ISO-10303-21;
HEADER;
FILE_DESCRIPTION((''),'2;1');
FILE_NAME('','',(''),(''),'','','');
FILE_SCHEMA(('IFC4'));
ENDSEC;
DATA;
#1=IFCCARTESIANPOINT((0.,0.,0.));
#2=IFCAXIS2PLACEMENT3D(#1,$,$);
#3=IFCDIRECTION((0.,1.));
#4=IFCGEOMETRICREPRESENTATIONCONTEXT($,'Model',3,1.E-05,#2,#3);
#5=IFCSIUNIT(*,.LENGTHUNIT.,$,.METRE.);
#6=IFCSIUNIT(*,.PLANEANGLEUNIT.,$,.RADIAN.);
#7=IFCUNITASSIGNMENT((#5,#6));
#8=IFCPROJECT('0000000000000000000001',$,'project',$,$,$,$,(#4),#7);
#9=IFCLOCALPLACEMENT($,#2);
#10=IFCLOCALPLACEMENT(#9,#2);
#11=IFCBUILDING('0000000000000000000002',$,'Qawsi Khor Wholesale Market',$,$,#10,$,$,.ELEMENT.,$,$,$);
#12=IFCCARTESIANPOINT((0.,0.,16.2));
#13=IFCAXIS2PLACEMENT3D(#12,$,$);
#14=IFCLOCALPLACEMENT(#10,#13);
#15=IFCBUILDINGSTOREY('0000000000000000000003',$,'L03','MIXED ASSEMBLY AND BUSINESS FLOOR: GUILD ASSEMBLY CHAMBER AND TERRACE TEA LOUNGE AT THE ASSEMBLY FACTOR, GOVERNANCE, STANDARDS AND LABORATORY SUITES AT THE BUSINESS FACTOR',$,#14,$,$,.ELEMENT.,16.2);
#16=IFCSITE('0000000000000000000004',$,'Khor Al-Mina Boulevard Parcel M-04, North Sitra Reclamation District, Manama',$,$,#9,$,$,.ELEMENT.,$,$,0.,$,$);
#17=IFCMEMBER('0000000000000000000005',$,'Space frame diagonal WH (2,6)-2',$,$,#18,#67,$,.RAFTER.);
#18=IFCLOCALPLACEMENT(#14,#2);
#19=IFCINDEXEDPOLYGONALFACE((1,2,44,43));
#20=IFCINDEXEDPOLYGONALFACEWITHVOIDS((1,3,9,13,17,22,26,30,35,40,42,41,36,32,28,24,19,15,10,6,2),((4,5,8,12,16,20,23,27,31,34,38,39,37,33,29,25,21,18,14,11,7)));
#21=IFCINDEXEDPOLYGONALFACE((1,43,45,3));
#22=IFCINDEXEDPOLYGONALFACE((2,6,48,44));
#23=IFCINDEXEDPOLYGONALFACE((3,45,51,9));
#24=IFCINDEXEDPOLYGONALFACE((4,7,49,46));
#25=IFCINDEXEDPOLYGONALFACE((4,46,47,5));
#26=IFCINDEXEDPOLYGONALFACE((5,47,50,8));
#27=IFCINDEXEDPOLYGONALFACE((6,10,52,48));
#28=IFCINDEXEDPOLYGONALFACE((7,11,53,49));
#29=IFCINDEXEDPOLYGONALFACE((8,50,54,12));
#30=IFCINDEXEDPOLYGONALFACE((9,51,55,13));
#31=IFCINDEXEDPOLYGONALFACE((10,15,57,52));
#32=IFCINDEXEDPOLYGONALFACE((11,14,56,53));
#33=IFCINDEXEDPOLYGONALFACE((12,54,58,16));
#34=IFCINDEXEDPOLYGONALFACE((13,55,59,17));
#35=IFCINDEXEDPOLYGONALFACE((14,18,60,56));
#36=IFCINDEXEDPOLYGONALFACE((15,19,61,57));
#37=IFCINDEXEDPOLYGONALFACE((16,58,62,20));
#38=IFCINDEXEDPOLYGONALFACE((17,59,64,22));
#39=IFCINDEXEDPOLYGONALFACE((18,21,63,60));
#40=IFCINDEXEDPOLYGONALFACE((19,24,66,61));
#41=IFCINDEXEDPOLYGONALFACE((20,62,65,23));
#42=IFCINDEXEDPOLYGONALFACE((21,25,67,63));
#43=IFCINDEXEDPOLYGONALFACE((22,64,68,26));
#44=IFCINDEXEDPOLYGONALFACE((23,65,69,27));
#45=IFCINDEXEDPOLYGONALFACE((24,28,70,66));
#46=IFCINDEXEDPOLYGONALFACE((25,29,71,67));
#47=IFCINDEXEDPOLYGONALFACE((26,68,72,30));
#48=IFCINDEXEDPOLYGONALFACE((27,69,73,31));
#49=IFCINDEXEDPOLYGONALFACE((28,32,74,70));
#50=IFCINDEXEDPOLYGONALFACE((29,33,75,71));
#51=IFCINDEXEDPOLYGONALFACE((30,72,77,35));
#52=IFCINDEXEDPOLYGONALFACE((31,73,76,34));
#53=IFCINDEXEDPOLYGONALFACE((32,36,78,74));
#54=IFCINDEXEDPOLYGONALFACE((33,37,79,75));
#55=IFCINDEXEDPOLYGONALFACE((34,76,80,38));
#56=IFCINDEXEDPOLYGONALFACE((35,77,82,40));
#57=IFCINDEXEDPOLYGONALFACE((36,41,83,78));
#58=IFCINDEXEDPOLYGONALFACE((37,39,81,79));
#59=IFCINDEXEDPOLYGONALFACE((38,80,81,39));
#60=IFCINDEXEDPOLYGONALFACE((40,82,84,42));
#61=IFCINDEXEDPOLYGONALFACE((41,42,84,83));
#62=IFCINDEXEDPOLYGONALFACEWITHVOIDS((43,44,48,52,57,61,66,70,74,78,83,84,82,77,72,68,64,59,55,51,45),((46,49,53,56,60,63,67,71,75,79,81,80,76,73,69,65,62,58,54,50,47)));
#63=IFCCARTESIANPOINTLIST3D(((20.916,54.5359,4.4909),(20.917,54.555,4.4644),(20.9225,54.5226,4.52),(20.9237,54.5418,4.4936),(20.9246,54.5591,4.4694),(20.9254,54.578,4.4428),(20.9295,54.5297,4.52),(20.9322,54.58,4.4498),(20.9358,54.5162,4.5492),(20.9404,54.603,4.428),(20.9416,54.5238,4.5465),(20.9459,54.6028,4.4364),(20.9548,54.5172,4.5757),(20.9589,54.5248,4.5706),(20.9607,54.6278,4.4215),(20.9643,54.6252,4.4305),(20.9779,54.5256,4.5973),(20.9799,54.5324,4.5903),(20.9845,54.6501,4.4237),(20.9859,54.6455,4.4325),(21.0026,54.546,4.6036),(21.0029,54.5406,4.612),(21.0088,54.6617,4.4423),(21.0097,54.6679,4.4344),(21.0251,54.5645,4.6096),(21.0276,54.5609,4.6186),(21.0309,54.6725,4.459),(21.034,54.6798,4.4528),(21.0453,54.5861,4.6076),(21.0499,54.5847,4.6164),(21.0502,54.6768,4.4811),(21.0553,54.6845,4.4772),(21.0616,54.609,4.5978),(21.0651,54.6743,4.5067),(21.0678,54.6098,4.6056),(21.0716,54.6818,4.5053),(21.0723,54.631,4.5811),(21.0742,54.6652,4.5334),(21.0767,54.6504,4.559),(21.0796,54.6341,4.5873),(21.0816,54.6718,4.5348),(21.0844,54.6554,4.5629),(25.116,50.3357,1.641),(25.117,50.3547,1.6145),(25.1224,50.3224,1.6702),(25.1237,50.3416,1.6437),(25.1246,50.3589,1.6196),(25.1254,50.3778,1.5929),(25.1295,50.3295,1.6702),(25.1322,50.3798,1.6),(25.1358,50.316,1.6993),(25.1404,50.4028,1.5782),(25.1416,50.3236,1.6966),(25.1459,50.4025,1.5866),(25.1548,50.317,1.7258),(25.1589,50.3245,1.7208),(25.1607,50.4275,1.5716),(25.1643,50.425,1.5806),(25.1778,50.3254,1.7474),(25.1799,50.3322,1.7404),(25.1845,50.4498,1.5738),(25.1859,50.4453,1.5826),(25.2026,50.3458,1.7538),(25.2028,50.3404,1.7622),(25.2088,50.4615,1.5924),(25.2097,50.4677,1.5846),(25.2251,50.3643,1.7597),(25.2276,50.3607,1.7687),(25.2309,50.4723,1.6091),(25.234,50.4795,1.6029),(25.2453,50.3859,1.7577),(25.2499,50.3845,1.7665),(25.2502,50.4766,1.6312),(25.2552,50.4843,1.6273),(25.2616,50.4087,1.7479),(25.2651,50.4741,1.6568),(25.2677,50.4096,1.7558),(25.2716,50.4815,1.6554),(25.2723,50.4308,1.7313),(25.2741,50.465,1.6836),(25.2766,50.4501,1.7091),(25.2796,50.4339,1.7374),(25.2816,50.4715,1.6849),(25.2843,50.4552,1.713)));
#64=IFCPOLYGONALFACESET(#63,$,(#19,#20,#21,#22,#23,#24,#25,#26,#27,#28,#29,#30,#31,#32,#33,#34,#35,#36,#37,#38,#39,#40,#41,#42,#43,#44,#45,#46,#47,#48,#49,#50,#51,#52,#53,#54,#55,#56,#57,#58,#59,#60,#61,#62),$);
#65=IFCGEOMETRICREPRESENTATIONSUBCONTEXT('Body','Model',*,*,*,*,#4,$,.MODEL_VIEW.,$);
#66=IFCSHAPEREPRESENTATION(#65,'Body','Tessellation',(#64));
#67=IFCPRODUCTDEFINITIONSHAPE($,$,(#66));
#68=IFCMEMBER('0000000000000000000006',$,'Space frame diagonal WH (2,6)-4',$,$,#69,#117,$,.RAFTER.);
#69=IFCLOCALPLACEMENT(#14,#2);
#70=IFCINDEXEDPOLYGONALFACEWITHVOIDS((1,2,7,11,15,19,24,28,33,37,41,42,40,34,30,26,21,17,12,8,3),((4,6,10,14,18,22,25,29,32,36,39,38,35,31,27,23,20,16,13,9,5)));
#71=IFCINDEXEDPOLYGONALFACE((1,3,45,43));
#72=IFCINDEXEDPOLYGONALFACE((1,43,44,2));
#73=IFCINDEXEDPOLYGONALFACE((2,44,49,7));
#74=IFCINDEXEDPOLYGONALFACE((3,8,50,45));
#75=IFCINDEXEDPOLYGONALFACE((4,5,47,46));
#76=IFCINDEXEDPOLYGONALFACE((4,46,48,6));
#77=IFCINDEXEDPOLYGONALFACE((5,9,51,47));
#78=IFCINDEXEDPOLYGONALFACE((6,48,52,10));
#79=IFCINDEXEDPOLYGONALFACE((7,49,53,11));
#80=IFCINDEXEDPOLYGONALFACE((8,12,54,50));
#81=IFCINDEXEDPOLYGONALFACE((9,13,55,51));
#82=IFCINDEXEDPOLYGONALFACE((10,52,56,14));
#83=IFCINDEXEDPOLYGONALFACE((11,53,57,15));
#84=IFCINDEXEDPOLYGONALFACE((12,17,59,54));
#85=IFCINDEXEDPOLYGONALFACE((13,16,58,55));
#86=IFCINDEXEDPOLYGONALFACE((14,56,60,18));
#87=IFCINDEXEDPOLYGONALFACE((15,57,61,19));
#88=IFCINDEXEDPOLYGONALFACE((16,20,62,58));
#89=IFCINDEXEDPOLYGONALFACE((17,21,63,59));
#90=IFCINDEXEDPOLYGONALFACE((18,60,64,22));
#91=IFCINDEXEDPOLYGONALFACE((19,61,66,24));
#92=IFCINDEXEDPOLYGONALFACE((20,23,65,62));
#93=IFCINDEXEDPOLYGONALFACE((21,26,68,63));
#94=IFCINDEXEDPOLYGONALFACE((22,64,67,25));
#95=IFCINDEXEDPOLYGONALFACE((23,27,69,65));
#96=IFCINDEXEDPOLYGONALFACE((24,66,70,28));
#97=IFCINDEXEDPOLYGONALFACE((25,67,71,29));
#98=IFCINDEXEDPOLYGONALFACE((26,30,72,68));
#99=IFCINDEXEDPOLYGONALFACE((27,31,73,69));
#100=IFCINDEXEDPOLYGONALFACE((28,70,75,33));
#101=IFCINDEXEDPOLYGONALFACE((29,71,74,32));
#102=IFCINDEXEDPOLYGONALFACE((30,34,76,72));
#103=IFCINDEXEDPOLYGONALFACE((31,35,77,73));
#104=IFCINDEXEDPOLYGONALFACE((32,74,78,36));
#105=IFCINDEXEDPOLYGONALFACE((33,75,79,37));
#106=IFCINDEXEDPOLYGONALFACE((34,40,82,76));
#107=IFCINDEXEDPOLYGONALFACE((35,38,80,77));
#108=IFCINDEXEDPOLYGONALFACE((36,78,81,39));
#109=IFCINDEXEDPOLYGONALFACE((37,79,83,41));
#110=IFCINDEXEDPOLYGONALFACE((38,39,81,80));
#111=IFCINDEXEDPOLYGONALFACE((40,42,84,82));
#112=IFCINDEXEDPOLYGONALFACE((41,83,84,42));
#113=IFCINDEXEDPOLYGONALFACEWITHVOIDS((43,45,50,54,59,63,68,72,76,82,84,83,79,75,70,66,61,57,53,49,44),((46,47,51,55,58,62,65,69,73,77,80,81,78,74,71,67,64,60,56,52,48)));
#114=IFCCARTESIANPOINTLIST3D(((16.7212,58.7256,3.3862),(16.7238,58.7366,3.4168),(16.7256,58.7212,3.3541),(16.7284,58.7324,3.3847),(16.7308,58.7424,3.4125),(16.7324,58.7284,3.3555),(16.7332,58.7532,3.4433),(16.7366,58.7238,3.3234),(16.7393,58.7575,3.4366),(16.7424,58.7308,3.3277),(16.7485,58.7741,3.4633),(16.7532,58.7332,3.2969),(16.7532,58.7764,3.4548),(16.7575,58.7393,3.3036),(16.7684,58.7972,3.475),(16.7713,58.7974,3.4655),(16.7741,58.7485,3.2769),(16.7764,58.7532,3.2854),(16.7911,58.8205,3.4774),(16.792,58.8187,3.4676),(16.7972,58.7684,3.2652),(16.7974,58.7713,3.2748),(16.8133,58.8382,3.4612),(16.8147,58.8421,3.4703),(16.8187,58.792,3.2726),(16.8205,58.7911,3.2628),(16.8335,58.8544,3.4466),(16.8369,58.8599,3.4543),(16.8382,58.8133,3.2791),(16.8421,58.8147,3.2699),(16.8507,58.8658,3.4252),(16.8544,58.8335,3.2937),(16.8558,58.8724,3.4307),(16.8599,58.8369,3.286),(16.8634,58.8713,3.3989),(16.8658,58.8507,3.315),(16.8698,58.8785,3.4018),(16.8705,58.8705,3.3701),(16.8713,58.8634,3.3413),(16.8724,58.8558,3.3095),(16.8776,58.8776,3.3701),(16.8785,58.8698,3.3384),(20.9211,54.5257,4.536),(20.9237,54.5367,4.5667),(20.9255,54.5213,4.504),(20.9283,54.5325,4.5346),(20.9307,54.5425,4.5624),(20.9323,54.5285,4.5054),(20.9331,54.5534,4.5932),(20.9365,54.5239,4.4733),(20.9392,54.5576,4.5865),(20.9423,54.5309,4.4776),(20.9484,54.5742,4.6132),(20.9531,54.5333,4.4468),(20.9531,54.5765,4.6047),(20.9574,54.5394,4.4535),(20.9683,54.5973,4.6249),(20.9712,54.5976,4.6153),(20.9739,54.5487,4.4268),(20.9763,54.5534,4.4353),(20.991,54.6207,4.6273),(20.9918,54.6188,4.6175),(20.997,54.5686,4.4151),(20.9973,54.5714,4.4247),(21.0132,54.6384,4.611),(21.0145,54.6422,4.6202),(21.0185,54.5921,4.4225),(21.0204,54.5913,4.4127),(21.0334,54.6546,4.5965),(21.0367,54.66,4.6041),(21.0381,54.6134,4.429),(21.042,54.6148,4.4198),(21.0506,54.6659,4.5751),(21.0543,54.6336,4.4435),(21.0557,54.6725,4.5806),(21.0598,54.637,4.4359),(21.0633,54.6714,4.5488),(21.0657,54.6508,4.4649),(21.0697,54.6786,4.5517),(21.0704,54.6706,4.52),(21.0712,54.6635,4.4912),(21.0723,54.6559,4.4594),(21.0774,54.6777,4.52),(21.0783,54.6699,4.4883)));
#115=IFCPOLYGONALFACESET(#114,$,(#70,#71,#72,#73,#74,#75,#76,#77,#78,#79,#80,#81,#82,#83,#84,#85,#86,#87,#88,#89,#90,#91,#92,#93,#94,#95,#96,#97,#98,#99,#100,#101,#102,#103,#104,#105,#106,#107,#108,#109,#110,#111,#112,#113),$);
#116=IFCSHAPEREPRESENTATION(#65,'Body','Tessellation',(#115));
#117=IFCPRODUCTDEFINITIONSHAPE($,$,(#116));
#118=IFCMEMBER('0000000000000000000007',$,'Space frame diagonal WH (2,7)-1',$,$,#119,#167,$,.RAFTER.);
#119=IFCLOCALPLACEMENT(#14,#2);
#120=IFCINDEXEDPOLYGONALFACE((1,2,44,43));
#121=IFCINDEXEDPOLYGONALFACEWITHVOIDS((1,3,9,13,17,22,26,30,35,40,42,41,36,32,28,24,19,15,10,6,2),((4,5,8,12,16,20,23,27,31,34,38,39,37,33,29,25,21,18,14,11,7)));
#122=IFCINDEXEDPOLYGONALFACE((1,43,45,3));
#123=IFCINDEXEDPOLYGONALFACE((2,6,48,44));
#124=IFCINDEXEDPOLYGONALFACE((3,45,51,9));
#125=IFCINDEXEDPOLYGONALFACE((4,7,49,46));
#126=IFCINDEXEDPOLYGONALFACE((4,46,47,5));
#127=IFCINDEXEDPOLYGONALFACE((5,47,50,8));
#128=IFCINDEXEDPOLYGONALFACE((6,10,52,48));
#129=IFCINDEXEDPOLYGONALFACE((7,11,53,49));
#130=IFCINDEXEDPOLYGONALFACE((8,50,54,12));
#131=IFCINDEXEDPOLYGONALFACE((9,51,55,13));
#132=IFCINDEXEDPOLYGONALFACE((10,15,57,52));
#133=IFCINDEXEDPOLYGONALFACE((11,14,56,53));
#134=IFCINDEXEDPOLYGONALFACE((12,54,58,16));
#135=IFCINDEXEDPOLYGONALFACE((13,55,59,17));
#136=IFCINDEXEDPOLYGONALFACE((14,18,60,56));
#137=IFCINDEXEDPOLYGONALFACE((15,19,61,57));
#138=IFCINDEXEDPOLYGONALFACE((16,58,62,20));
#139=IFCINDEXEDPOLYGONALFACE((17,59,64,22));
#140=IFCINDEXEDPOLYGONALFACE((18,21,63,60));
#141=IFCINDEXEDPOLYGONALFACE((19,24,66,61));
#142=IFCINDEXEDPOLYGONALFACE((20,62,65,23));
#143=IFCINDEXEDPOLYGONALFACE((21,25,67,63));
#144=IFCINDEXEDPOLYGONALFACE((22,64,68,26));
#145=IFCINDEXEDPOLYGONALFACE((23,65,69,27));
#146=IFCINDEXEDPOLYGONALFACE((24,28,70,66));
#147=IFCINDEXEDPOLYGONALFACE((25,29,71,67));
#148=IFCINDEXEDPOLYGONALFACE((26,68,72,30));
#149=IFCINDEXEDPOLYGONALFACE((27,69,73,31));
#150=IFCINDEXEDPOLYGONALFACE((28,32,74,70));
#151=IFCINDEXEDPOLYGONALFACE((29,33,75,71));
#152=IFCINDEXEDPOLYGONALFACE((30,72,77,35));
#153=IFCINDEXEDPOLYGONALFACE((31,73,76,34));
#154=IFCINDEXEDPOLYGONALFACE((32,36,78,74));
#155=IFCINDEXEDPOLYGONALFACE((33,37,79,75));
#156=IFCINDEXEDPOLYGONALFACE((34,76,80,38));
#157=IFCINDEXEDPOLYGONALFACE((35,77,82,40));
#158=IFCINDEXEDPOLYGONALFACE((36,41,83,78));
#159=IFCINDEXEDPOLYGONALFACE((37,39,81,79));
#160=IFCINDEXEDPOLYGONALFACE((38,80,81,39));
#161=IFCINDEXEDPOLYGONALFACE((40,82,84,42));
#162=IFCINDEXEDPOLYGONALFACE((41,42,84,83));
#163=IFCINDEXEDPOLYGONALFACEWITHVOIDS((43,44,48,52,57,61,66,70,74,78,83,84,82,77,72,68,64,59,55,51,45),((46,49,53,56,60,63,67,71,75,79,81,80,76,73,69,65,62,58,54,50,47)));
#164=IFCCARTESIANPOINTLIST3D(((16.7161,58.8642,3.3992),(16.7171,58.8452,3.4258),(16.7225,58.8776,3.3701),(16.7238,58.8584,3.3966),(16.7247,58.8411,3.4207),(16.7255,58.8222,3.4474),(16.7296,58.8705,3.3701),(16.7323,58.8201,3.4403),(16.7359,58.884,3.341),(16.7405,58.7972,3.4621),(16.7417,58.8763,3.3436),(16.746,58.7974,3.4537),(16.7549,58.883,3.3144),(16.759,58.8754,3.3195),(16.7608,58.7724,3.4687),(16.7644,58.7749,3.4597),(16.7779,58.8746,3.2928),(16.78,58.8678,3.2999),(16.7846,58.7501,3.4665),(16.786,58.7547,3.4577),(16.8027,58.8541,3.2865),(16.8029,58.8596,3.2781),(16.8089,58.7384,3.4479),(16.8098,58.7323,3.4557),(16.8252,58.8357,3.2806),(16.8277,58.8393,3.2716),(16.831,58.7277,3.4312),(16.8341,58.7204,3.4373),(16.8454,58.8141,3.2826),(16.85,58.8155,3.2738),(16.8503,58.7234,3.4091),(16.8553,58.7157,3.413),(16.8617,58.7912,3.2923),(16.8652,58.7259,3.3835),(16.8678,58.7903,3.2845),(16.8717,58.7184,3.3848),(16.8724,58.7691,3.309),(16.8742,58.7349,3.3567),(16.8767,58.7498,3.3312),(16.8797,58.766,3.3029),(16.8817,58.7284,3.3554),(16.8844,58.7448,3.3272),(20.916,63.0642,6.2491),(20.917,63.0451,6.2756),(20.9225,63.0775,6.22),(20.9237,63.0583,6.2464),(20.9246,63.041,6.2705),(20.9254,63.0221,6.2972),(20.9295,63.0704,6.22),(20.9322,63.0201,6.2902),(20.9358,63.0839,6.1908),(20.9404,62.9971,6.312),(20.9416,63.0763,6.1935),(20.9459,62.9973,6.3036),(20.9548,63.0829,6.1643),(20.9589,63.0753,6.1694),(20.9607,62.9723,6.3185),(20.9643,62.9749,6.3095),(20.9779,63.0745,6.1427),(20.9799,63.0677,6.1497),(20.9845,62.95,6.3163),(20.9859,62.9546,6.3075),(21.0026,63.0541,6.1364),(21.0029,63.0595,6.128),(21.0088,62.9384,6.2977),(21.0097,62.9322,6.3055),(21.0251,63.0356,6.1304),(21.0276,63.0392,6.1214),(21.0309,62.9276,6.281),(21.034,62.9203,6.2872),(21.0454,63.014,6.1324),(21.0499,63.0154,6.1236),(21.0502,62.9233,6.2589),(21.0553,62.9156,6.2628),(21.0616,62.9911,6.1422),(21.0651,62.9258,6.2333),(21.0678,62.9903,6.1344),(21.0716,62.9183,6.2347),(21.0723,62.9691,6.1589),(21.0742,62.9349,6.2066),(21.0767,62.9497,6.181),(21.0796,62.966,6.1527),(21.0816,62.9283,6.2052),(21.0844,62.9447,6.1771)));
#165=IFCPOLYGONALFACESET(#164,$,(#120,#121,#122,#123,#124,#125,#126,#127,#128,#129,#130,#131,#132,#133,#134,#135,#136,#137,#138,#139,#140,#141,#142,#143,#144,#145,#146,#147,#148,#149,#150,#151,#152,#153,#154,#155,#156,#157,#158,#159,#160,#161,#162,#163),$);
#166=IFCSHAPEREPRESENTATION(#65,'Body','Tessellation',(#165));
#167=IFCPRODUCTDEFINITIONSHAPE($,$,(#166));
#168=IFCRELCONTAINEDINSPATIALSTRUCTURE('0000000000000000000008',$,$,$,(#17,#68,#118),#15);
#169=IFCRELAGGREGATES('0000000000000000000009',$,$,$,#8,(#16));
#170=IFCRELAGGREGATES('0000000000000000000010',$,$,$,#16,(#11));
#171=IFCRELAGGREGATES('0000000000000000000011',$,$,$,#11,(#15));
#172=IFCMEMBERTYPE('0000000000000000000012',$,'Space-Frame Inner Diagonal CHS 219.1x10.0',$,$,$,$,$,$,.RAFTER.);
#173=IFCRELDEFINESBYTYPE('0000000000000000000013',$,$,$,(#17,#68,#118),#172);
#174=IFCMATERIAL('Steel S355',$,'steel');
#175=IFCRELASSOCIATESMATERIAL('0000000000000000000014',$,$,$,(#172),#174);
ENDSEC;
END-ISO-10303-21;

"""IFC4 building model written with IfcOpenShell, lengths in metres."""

from ifc_helpers import new_model, si_unit, direction, frame, origin, origin_2d, place, context, subcontext, project, spatial, hollow_circle, extrude, material, material_profile, profile_set, type_object, element, save


model = new_model("IFC4")

# Units and contexts
model_context = context("Model", 3, precision=1e-05, world=origin(), true_north=direction((0.0, 1.0)))
body_context = subcontext(model_context, "Body", "Model", "MODEL_VIEW")
ifc_project = project(units=[si_unit("LENGTHUNIT", "METRE"), si_unit("PLANEANGLEUNIT", "RADIAN")], contexts=[model_context])

# Site, building, storey
site_placement = place(None, origin())
site = spatial("IfcSite", under=ifc_project, at=site_placement, Name="Khor Al-Mina Boulevard Parcel M-04, North Sitra Reclamation District, Manama", CompositionType="ELEMENT", RefElevation=0.0)
building_placement = place(site_placement, origin())
building = spatial("IfcBuilding", under=site, at=building_placement, Name="Qawsi Khor Wholesale Market", CompositionType="ELEMENT")
storey_placement = place(building_placement, frame((0.0, 0.0, 16.2)))
storey = spatial("IfcBuildingStorey", under=building, at=storey_placement, Name="L03", Description="MIXED ASSEMBLY AND BUSINESS FLOOR: GUILD ASSEMBLY CHAMBER AND TERRACE TEA LOUNGE AT THE ASSEMBLY FACTOR, GOVERNANCE, STANDARDS AND LABORATORY SUITES AT THE BUSINESS FACTOR", CompositionType="ELEMENT", Elevation=16.2)

# Members
ifc_material_1 = material(Name="Steel S355", Category="steel")
ifc_material_profile_1 = material_profile(ifc_material_1, hollow_circle(Radius=0.1096, WallThickness=0.01, at=origin_2d()), Name="CHS 219.1x10.0")
ifc_profile_set_1 = profile_set([ifc_material_profile_1], Name="Steel S355")
member_type_1 = type_object("IfcMemberType", Name="Space-Frame Inner Diagonal CHS 219.1x10.0", PredefinedType="RAFTER", material=ifc_profile_set_1)
member_1_placement = place(storey_placement, frame((25.2, 50.3999, 1.6702), z_axis=(-0.637507, 0.637544, 0.432577), x_axis=(-0.707127, -0.707086, 0.0)))
element("IfcMember", 1, at=member_1_placement, inside=storey, type_object=member_type_1, Name="Space frame diagonal WH (2,6)-2", PredefinedType="RAFTER", context=body_context, shape_type="SweptSolid", body=[
    extrude(hollow_circle(Radius=0.1096, WallThickness=0.01, at=origin_2d()), origin(), (0.0, 0.0, 1.0), 6.5881),
])
member_2_placement = place(storey_placement, frame((16.8, 58.8, 3.3701), z_axis=(0.694217, -0.694217, 0.190069), x_axis=(0.707107, 0.707107, 0.0)))
element("IfcMember", 2, at=member_2_placement, inside=storey, type_object=member_type_1, Name="Space frame diagonal WH (2,6)-4", PredefinedType="RAFTER", context=body_context, shape_type="SweptSolid", body=[
    extrude(hollow_circle(Radius=0.1096, WallThickness=0.01, at=origin_2d()), origin(), (0.0, 0.0, 1.0), 6.0498),
])
member_3_placement = place(storey_placement, frame((16.8, 58.8, 3.3701), z_axis=(0.637522, 0.637522, 0.432587), x_axis=(-0.707107, 0.707107, 0.0)))
element("IfcMember", 3, at=member_3_placement, inside=storey, type_object=member_type_1, Name="Space frame diagonal WH (2,7)-1", PredefinedType="RAFTER", context=body_context, shape_type="SweptSolid", body=[
    extrude(hollow_circle(Radius=0.1096, WallThickness=0.01, at=origin_2d()), origin(), (0.0, 0.0, 1.0), 6.5879),
])

save(model, "model.ifc")
